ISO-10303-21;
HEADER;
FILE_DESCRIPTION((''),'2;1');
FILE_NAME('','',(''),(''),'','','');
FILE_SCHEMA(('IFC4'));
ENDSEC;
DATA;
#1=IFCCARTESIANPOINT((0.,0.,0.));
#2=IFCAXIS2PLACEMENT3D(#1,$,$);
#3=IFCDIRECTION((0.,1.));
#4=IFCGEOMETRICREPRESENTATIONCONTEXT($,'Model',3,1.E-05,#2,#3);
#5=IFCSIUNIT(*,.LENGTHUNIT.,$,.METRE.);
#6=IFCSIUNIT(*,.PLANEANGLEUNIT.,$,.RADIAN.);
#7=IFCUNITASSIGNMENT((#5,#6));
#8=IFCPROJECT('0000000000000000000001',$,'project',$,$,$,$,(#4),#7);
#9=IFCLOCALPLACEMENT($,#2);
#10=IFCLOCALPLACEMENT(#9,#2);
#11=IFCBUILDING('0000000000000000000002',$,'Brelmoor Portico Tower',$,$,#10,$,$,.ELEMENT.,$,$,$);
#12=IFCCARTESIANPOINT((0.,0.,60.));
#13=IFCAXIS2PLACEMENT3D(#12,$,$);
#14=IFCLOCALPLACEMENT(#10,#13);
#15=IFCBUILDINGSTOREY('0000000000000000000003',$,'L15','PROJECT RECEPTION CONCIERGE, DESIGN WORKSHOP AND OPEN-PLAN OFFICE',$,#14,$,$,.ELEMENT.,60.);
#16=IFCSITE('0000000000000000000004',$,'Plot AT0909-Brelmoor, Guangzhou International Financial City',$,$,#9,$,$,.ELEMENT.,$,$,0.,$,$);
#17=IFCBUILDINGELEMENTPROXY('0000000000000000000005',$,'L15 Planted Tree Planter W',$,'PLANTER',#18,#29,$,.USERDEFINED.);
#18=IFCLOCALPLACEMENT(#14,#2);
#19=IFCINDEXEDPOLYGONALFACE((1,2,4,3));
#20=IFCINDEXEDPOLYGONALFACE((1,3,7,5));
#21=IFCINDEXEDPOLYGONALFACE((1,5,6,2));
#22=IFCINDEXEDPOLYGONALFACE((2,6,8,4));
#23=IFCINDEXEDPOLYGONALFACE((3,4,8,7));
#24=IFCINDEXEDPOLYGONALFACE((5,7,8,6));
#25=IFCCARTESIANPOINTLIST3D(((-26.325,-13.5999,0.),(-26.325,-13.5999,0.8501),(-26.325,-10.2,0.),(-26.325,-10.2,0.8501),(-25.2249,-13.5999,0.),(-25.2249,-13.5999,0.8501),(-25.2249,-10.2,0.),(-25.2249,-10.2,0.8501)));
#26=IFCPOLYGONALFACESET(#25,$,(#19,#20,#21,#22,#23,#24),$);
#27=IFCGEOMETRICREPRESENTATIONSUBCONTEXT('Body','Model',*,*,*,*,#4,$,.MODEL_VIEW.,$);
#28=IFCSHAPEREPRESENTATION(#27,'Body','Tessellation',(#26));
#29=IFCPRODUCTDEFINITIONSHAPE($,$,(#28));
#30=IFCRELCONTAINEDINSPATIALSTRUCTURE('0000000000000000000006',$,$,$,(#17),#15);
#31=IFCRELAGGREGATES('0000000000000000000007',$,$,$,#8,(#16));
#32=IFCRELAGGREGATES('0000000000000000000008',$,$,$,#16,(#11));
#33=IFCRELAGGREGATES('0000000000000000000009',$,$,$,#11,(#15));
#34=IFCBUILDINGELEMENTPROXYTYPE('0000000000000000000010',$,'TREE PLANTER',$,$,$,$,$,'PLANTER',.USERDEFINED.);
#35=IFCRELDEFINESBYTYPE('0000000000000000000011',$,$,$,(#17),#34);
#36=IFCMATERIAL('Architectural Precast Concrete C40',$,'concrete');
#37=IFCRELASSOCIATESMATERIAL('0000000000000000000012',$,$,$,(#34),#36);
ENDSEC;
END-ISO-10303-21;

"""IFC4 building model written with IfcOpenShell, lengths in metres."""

from ifc_helpers import new_model, si_unit, direction, frame, origin, origin_2d, place, context, subcontext, project, spatial, rectangle, extrude, material, type_object, element, save


model = new_model("IFC4")

# Units and contexts
model_context = context("Model", 3, precision=1e-05, world=origin(), true_north=direction((0.0, 1.0)))
body_context = subcontext(model_context, "Body", "Model", "MODEL_VIEW")
ifc_project = project(units=[si_unit("LENGTHUNIT", "METRE"), si_unit("PLANEANGLEUNIT", "RADIAN")], contexts=[model_context])

# Site, building, storey
site_placement = place(None, origin())
site = spatial("IfcSite", under=ifc_project, at=site_placement, Name="Plot AT0909-Brelmoor, Guangzhou International Financial City", CompositionType="ELEMENT", RefElevation=0.0)
building_placement = place(site_placement, origin())
building = spatial("IfcBuilding", under=site, at=building_placement, Name="Brelmoor Portico Tower", CompositionType="ELEMENT")
storey_placement = place(building_placement, frame((0.0, 0.0, 60.0)))
storey = spatial("IfcBuildingStorey", under=building, at=storey_placement, Name="L15", Description="PROJECT RECEPTION CONCIERGE, DESIGN WORKSHOP AND OPEN-PLAN OFFICE", CompositionType="ELEMENT", Elevation=60.0)

# Building element proxy
ifc_material_1 = material(Name="Architectural Precast Concrete C40", Category="concrete")
building_element_proxy_type = type_object("IfcBuildingElementProxyType", Name="TREE PLANTER", ElementType="PLANTER", PredefinedType="USERDEFINED", material=ifc_material_1)
proxy_placement = place(storey_placement, frame((-25.7749, -11.8999, 0.0), z_axis=(0.0, 0.0, 1.0), x_axis=(0.0, 1.0, 0.0)))
element("IfcBuildingElementProxy", 1, at=proxy_placement, inside=storey, type_object=building_element_proxy_type, Name="L15 Planted Tree Planter W", ObjectType="PLANTER", PredefinedType="USERDEFINED", context=body_context, shape_type="SweptSolid", body=[
    extrude(rectangle(XDim=3.3999, YDim=1.1001, at=origin_2d()), origin(), (0.0, 0.0, 1.0), 0.8501),
])

save(model, "model.ifc")
